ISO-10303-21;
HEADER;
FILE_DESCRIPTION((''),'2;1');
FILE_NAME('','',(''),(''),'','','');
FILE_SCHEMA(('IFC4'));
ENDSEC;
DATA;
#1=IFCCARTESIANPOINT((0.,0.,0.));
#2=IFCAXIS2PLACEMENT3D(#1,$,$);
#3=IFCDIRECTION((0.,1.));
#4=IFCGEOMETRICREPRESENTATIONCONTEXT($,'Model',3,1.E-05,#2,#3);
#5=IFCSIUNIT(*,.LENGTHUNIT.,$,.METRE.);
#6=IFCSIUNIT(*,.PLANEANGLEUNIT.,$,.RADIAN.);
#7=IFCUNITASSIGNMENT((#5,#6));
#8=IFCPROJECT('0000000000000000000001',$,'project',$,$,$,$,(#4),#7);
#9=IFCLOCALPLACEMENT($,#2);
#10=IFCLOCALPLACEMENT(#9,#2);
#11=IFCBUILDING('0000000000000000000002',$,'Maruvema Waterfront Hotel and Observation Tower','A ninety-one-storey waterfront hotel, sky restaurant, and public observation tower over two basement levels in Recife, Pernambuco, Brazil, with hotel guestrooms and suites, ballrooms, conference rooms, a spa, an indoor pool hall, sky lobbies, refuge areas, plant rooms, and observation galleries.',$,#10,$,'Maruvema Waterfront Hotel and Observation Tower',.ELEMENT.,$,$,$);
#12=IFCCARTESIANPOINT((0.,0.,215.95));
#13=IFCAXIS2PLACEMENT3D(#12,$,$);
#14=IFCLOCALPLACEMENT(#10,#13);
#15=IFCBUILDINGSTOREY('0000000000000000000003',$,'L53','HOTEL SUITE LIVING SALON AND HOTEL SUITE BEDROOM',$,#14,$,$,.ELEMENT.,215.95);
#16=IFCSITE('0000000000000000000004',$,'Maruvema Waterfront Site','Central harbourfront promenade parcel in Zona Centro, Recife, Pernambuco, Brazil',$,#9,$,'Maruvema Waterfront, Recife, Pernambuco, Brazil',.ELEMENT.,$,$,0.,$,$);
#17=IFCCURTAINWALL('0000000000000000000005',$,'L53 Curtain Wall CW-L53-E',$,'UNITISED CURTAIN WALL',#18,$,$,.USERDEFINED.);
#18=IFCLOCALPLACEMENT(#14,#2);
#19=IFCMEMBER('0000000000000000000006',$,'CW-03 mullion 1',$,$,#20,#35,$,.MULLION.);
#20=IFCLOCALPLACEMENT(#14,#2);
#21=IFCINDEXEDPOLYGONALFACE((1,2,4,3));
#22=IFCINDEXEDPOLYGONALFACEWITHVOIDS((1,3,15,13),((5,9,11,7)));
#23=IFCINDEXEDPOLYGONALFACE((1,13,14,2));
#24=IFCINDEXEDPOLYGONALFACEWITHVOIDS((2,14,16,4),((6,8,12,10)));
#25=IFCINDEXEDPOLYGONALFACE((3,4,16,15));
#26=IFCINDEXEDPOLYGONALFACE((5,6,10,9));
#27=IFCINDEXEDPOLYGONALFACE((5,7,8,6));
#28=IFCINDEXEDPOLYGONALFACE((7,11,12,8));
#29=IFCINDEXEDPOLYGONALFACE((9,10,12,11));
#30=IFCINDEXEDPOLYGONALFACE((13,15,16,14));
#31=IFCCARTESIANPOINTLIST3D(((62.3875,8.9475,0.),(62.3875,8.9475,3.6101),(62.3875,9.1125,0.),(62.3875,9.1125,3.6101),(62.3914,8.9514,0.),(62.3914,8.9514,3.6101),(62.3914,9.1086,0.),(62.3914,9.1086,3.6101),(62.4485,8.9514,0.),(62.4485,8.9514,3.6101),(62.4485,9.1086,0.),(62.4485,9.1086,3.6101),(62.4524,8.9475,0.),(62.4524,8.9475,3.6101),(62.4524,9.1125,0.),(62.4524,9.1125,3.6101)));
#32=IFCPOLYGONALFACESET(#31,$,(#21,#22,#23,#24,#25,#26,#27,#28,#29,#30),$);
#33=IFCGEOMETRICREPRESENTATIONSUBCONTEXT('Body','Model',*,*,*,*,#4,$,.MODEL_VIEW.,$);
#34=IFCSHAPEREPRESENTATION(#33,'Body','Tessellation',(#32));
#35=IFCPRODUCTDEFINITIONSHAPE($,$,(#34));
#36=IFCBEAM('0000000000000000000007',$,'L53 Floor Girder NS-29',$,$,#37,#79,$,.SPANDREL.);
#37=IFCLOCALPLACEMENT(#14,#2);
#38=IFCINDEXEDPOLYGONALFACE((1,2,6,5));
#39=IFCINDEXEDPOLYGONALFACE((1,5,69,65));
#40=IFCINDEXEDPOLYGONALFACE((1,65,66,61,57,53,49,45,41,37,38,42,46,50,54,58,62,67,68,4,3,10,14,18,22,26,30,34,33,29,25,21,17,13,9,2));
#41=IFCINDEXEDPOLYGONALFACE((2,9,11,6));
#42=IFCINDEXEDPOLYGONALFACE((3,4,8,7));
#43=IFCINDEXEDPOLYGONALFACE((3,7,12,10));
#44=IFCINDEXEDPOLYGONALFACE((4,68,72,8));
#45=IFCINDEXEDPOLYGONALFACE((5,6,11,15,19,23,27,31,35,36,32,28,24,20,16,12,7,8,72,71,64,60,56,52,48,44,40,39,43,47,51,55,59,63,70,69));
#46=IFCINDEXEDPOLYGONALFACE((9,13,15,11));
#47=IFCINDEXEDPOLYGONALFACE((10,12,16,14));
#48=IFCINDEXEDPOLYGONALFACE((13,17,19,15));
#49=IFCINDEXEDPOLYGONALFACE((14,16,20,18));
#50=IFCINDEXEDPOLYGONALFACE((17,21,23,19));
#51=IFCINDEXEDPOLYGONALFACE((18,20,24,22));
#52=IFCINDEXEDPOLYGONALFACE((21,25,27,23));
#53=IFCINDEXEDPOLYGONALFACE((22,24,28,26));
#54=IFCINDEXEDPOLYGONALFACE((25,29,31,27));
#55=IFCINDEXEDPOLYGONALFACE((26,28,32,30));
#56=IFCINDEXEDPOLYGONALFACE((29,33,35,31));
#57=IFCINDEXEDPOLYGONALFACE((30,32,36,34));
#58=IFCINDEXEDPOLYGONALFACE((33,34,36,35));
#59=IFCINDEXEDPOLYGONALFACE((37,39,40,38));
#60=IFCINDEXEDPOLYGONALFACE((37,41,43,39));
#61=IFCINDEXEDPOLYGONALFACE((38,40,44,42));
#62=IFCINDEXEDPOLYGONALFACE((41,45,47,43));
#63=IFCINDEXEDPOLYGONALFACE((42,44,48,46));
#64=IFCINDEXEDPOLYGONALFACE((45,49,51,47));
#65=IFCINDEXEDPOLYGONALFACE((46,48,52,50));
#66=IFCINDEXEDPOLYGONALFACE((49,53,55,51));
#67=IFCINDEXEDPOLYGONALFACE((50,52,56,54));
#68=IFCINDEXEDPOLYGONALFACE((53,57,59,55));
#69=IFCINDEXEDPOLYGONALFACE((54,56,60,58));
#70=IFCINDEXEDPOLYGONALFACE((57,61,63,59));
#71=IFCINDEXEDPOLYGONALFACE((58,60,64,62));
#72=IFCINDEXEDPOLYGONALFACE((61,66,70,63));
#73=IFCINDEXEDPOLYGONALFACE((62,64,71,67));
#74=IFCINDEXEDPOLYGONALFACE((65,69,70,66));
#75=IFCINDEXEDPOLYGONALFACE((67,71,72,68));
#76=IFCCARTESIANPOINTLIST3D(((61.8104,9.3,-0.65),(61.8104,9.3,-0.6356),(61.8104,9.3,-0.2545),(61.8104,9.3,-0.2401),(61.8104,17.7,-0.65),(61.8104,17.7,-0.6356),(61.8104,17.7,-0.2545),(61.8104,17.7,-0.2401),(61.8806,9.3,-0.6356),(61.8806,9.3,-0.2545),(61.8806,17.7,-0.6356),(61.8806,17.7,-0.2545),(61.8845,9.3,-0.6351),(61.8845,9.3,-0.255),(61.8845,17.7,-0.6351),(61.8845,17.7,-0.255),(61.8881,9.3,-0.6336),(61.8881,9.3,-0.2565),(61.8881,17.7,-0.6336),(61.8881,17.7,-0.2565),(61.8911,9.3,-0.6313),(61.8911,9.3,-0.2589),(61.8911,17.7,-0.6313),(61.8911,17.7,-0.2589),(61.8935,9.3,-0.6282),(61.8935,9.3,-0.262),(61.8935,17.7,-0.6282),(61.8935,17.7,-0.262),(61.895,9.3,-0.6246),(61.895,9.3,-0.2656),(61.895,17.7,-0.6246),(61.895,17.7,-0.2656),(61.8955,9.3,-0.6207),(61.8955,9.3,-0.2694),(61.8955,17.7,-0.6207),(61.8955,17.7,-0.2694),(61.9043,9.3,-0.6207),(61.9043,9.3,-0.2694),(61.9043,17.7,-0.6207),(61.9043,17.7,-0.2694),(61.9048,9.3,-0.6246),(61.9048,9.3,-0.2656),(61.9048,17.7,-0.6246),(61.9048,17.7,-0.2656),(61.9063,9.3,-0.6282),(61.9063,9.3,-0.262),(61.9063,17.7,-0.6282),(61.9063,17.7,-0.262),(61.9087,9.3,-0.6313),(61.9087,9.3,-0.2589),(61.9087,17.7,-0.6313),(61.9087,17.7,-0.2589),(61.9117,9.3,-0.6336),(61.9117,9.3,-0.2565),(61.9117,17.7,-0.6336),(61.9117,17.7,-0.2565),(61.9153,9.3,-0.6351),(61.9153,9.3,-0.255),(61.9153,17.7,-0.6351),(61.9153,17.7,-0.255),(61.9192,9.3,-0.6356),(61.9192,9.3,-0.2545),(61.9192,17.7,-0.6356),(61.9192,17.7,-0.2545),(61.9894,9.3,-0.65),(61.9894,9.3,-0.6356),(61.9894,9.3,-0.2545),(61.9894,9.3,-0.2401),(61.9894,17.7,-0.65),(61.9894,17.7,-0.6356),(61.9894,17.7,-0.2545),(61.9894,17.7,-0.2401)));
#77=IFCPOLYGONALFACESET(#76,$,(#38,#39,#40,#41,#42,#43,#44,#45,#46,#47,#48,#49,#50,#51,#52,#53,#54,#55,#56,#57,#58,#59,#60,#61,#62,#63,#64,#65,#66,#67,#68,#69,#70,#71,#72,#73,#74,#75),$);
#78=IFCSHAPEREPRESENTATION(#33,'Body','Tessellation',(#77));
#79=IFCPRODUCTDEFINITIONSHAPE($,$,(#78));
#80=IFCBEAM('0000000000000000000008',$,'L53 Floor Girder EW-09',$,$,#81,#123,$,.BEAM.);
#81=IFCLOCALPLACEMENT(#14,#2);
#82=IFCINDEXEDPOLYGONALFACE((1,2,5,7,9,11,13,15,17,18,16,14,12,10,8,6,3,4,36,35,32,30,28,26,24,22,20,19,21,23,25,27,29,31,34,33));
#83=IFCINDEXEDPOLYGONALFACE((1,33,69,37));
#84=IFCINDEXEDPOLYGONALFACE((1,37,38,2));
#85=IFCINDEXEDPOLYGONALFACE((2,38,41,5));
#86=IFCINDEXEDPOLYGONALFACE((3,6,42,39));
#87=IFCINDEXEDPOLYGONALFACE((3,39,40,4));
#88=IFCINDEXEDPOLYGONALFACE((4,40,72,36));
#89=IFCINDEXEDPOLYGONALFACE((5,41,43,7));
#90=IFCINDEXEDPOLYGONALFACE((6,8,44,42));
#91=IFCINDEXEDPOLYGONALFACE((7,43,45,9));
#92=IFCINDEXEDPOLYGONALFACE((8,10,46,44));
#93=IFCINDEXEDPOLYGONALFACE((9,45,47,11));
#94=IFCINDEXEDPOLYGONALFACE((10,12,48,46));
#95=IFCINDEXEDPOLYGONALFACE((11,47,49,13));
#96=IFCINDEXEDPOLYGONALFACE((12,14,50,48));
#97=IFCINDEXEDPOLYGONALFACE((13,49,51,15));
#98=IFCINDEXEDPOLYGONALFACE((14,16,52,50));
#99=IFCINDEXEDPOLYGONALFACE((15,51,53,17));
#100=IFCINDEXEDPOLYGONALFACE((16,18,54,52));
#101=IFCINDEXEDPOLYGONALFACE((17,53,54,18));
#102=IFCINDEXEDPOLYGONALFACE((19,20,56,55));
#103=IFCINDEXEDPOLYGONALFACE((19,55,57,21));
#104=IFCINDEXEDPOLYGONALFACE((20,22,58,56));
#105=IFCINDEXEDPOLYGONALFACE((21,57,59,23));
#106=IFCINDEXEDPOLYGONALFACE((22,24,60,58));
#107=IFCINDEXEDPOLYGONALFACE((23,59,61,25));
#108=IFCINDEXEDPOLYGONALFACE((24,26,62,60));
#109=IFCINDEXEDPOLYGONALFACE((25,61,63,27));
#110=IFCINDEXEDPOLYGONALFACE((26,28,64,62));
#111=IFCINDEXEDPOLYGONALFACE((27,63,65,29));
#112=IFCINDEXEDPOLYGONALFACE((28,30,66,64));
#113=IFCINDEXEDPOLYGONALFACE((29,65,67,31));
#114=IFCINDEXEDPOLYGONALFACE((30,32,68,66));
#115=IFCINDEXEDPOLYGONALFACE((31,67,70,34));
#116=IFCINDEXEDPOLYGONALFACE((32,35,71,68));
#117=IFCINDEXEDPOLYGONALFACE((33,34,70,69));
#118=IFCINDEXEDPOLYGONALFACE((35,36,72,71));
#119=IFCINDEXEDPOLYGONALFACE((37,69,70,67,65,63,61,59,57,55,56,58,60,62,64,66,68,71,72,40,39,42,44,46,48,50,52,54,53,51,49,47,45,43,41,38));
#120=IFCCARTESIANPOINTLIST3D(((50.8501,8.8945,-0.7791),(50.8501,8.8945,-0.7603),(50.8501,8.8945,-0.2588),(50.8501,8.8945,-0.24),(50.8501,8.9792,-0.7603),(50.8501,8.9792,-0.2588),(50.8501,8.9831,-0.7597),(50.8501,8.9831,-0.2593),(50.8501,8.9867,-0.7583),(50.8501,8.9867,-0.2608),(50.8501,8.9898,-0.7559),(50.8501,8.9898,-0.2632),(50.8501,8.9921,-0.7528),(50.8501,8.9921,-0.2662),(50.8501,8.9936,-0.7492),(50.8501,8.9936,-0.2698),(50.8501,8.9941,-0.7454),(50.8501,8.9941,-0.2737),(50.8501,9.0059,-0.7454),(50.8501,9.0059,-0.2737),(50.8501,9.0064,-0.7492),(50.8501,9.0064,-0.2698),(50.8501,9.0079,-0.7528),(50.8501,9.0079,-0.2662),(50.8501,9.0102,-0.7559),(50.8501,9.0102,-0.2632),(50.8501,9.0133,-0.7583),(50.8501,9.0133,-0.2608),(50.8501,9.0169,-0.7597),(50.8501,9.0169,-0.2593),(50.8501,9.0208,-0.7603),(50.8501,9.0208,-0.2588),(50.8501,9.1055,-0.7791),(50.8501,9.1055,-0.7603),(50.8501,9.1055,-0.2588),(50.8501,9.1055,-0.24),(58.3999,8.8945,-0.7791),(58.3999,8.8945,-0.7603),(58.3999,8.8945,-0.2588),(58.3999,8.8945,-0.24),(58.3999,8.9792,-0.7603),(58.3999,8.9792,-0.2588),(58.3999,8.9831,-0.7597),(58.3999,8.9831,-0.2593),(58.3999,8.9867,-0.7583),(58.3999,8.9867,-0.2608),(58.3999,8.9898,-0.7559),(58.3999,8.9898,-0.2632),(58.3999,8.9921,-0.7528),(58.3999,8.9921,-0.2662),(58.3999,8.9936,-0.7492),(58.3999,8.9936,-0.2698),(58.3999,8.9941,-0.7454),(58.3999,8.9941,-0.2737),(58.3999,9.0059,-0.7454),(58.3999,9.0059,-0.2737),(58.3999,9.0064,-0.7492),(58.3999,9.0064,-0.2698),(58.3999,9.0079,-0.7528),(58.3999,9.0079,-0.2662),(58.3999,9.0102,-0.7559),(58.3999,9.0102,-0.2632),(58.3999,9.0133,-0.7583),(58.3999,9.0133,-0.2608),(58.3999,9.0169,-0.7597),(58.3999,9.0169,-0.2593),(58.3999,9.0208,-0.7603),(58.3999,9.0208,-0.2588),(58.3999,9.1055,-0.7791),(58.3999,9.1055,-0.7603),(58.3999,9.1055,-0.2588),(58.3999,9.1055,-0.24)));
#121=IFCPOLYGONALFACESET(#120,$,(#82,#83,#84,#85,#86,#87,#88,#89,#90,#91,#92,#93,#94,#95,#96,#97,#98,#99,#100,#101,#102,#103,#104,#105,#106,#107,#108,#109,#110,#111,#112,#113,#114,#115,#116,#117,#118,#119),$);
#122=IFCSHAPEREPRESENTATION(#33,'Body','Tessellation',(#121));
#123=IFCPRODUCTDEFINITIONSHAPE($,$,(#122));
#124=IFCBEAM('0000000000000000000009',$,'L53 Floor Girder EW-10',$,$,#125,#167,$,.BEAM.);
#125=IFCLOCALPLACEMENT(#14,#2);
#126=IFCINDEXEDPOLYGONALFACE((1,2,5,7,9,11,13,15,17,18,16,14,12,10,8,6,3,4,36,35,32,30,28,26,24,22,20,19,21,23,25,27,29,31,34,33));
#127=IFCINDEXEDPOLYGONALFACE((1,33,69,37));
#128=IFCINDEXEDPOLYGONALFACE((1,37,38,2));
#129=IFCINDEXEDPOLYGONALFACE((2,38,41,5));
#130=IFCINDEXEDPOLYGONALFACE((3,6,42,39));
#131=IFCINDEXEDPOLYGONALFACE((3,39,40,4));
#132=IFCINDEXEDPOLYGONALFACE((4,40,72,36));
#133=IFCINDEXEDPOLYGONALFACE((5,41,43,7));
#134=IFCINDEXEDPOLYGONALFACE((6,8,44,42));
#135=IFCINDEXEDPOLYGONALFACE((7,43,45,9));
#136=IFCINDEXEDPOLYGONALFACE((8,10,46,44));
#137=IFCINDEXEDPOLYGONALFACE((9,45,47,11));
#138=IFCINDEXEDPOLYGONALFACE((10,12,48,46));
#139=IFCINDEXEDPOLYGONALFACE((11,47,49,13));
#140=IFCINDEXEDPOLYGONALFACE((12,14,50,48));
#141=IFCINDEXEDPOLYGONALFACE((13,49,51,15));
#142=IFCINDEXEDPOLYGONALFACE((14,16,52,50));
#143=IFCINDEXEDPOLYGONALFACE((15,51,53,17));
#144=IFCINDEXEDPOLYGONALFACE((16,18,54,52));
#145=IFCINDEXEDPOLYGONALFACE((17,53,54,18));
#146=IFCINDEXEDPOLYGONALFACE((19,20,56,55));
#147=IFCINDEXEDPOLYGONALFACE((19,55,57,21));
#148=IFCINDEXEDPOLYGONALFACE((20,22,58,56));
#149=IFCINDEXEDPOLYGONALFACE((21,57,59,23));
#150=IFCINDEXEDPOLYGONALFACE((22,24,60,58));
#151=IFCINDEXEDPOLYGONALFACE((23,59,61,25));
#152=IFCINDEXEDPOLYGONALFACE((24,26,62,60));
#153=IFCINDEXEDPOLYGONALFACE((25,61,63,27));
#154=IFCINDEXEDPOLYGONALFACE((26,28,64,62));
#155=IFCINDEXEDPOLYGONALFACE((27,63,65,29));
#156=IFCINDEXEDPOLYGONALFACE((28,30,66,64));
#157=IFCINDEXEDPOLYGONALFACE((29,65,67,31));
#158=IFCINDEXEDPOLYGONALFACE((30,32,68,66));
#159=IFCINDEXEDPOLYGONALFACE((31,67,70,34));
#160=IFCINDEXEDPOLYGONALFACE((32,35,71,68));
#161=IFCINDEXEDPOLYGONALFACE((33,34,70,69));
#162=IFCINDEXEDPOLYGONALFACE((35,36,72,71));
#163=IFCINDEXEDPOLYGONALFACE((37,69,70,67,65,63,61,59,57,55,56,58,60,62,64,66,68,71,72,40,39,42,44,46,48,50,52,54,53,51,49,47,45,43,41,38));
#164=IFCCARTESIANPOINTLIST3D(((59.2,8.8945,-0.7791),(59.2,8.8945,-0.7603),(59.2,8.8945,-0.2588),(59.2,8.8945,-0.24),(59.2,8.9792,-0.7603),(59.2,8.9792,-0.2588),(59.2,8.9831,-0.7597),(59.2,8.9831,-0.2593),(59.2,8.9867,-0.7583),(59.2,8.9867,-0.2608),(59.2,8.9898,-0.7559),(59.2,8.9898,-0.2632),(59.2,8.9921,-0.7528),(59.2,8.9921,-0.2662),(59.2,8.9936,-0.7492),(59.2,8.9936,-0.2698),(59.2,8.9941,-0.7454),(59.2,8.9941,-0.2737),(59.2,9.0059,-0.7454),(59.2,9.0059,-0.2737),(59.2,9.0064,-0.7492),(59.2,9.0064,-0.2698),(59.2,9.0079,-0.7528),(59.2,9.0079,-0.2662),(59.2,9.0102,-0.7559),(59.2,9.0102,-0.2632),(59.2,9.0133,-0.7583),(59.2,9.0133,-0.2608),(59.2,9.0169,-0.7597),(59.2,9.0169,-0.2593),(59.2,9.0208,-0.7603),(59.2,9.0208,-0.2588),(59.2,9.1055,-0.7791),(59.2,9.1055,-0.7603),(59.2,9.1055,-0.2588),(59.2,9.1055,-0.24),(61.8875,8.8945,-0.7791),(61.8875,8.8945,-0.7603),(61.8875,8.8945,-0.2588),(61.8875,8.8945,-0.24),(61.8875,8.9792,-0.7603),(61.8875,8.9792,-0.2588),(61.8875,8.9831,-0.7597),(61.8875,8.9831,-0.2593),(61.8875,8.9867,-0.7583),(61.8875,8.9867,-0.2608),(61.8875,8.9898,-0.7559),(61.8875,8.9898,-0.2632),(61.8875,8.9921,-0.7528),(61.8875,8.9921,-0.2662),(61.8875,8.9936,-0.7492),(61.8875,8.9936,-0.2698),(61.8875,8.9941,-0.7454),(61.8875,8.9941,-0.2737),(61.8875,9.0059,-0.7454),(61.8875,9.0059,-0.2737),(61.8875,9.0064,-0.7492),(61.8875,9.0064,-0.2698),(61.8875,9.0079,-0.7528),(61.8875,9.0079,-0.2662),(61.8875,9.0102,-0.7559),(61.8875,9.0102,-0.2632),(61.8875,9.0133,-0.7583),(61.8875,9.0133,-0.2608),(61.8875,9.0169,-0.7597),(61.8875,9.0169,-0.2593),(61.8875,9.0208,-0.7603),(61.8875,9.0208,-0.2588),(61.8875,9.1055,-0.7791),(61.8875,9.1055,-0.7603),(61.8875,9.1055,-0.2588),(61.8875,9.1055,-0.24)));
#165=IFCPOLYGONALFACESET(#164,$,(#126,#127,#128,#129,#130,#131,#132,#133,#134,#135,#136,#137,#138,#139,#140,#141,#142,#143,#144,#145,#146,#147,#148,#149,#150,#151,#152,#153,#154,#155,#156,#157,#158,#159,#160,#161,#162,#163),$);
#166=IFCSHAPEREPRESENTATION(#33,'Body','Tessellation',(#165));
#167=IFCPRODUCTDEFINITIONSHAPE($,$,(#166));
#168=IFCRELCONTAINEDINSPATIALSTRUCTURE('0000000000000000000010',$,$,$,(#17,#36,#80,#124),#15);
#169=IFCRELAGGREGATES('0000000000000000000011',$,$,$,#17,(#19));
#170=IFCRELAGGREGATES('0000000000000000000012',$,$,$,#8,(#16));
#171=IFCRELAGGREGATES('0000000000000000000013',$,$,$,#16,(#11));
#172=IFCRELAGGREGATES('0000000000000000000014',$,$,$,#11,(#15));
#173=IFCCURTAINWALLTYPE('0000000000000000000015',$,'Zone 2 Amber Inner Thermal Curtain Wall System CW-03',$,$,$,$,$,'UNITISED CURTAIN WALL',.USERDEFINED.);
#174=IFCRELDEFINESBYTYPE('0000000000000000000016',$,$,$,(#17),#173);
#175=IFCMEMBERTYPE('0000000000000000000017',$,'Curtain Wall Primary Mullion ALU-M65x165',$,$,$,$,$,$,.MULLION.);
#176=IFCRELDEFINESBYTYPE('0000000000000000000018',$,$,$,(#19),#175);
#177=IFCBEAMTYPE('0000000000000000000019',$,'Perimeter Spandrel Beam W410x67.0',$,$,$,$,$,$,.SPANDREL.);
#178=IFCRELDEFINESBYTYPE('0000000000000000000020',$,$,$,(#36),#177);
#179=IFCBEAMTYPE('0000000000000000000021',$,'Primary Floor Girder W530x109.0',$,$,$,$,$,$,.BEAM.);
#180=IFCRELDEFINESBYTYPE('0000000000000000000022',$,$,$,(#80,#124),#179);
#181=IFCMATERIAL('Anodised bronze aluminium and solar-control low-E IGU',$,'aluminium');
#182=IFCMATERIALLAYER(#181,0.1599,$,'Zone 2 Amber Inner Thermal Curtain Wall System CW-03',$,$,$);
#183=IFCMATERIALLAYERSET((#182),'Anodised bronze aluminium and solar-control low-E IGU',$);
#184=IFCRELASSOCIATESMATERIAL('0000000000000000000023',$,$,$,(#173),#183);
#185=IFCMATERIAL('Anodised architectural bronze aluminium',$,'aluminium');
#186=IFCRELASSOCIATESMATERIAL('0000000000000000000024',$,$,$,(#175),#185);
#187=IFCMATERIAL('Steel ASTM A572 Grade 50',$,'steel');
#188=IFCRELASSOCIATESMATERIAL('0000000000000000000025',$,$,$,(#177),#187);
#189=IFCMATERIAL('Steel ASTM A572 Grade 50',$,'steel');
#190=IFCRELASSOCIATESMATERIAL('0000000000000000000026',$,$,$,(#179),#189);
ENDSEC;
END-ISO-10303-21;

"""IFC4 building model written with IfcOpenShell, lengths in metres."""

from ifc_helpers import new_model, si_unit, direction, frame, origin, origin_2d, place, context, subcontext, project, spatial, hollow_rectangle, i_section, extrude, material, layer, layer_set, material_profile, profile_set, type_object, element, aggregate, save


model = new_model("IFC4")

# Units and contexts
model_context = context("Model", 3, precision=1e-05, world=origin(), true_north=direction((0.0, 1.0)))
body_context = subcontext(model_context, "Body", "Model", "MODEL_VIEW")
ifc_project = project(units=[si_unit("LENGTHUNIT", "METRE"), si_unit("PLANEANGLEUNIT", "RADIAN")], contexts=[model_context])

# Site, building, storey
site_placement = place(None, origin())
site = spatial("IfcSite", under=ifc_project, at=site_placement, Name="Maruvema Waterfront Site", Description="Central harbourfront promenade parcel in Zona Centro, Recife, Pernambuco, Brazil", LongName="Maruvema Waterfront, Recife, Pernambuco, Brazil", CompositionType="ELEMENT", RefElevation=0.0)
building_placement = place(site_placement, origin())
building = spatial("IfcBuilding", under=site, at=building_placement, Name="Maruvema Waterfront Hotel and Observation Tower", Description="A ninety-one-storey waterfront hotel, sky restaurant, and public observation tower over two basement levels in Recife, Pernambuco, Brazil, with hotel guestrooms and suites, ballrooms, conference rooms, a spa, an indoor pool hall, sky lobbies, refuge areas, plant rooms, and observation galleries.", LongName="Maruvema Waterfront Hotel and Observation Tower", CompositionType="ELEMENT")
storey_placement = place(building_placement, frame((0.0, 0.0, 215.95)))
storey = spatial("IfcBuildingStorey", under=building, at=storey_placement, Name="L53", Description="HOTEL SUITE LIVING SALON AND HOTEL SUITE BEDROOM", CompositionType="ELEMENT", Elevation=215.95)

# Curtain wall
ifc_material_1 = material(Name="Anodised bronze aluminium and solar-control low-E IGU", Category="aluminium")
ifc_layer_1 = layer(ifc_material_1, 0.1599, Name="Zone 2 Amber Inner Thermal Curtain Wall System CW-03")
ifc_layer_set_1 = layer_set([ifc_layer_1], Name="Anodised bronze aluminium and solar-control low-E IGU")
curtain_wall_type = type_object("IfcCurtainWallType", Name="Zone 2 Amber Inner Thermal Curtain Wall System CW-03", ElementType="UNITISED CURTAIN WALL", PredefinedType="USERDEFINED", material=ifc_layer_set_1)
curtain_wall_1_placement = place(storey_placement, origin())
curtain_wall_1 = element("IfcCurtainWall", 1, at=curtain_wall_1_placement, inside=storey, type_object=curtain_wall_type, Name="L53 Curtain Wall CW-L53-E", ObjectType="UNITISED CURTAIN WALL", PredefinedType="USERDEFINED")

# Member
ifc_material_2 = material(Name="Anodised architectural bronze aluminium", Category="aluminium")
ifc_material_profile_1 = material_profile(ifc_material_2, hollow_rectangle(XDim=0.0649, YDim=0.165, WallThickness=0.0039, at=origin_2d()), Name="ALU-M65x165")
ifc_profile_set_1 = profile_set([ifc_material_profile_1], Name="Anodised architectural bronze aluminium")
member_type_1 = type_object("IfcMemberType", Name="Curtain Wall Primary Mullion ALU-M65x165", PredefinedType="MULLION", material=ifc_profile_set_1)
member_1_placement = place(storey_placement, frame((62.4199, 9.03, 0.0), z_axis=(0.0, 0.0, 1.0), x_axis=(-1.0, 0.0, 0.0)))
member_1 = element("IfcMember", 2, at=member_1_placement, type_object=member_type_1, Name="CW-03 mullion 1", PredefinedType="MULLION", context=body_context, shape_type="SweptSolid", body=[
    extrude(hollow_rectangle(XDim=0.0649, YDim=0.165, WallThickness=0.0039, at=origin_2d()), origin(), (0.0, 0.0, 1.0), 3.6101),
])

# Beams
ifc_material_3 = material(Name="Steel ASTM A572 Grade 50", Category="steel")
ifc_material_profile_2 = material_profile(ifc_material_3, i_section(OverallWidth=0.179, OverallDepth=0.4099, WebThickness=0.0088, FlangeThickness=0.0144, FilletRadius=0.0149, at=origin_2d()), Name="W410x67.0")
ifc_profile_set_2 = profile_set([ifc_material_profile_2], Name="Steel ASTM A572 Grade 50")
beam_type_1 = type_object("IfcBeamType", Name="Perimeter Spandrel Beam W410x67.0", PredefinedType="SPANDREL", material=ifc_profile_set_2)
beam_1_placement = place(storey_placement, frame((61.8999, 9.3, -0.4451), z_axis=(0.0, 1.0, 0.0), x_axis=(-1.0, 0.0, 0.0)))
element("IfcBeam", 3, at=beam_1_placement, inside=storey, type_object=beam_type_1, Name="L53 Floor Girder NS-29", PredefinedType="SPANDREL", context=body_context, shape_type="SweptSolid", body=[
    extrude(i_section(OverallWidth=0.179, OverallDepth=0.4099, WebThickness=0.0088, FlangeThickness=0.0144, FilletRadius=0.0149, at=origin_2d()), origin(), (0.0, 0.0, 1.0), 8.3999),
])
ifc_material_4 = material(Name="Steel ASTM A572 Grade 50", Category="steel")
ifc_material_profile_3 = material_profile(ifc_material_4, i_section(OverallWidth=0.2109, OverallDepth=0.5391, WebThickness=0.0117, FlangeThickness=0.0188, FilletRadius=0.0149, at=origin_2d()), Name="W530x109.0")
ifc_profile_set_3 = profile_set([ifc_material_profile_3], Name="Steel ASTM A572 Grade 50")
beam_type_2 = type_object("IfcBeamType", Name="Primary Floor Girder W530x109.0", PredefinedType="BEAM", material=ifc_profile_set_3)
beam_2_placement = place(storey_placement, frame((50.8501, 9.0, -0.5095), z_axis=(1.0, 0.0, 0.0), x_axis=(0.0, 1.0, 0.0)))
element("IfcBeam", 4, at=beam_2_placement, inside=storey, type_object=beam_type_2, Name="L53 Floor Girder EW-09", PredefinedType="BEAM", context=body_context, shape_type="SweptSolid", body=[
    extrude(i_section(OverallWidth=0.2109, OverallDepth=0.5391, WebThickness=0.0117, FlangeThickness=0.0188, FilletRadius=0.0149, at=origin_2d()), origin(), (0.0, 0.0, 1.0), 7.5498),
])
beam_3_placement = place(storey_placement, frame((59.2, 9.0, -0.5095), z_axis=(1.0, 0.0, 0.0), x_axis=(0.0, 1.0, 0.0)))
element("IfcBeam", 5, at=beam_3_placement, inside=storey, type_object=beam_type_2, Name="L53 Floor Girder EW-10", PredefinedType="BEAM", context=body_context, shape_type="SweptSolid", body=[
    extrude(i_section(OverallWidth=0.2109, OverallDepth=0.5391, WebThickness=0.0117, FlangeThickness=0.0188, FilletRadius=0.0149, at=origin_2d()), origin(), (0.0, 0.0, 1.0), 2.6875),
])

aggregate(curtain_wall_1, [member_1])

save(model, "model.ifc")
